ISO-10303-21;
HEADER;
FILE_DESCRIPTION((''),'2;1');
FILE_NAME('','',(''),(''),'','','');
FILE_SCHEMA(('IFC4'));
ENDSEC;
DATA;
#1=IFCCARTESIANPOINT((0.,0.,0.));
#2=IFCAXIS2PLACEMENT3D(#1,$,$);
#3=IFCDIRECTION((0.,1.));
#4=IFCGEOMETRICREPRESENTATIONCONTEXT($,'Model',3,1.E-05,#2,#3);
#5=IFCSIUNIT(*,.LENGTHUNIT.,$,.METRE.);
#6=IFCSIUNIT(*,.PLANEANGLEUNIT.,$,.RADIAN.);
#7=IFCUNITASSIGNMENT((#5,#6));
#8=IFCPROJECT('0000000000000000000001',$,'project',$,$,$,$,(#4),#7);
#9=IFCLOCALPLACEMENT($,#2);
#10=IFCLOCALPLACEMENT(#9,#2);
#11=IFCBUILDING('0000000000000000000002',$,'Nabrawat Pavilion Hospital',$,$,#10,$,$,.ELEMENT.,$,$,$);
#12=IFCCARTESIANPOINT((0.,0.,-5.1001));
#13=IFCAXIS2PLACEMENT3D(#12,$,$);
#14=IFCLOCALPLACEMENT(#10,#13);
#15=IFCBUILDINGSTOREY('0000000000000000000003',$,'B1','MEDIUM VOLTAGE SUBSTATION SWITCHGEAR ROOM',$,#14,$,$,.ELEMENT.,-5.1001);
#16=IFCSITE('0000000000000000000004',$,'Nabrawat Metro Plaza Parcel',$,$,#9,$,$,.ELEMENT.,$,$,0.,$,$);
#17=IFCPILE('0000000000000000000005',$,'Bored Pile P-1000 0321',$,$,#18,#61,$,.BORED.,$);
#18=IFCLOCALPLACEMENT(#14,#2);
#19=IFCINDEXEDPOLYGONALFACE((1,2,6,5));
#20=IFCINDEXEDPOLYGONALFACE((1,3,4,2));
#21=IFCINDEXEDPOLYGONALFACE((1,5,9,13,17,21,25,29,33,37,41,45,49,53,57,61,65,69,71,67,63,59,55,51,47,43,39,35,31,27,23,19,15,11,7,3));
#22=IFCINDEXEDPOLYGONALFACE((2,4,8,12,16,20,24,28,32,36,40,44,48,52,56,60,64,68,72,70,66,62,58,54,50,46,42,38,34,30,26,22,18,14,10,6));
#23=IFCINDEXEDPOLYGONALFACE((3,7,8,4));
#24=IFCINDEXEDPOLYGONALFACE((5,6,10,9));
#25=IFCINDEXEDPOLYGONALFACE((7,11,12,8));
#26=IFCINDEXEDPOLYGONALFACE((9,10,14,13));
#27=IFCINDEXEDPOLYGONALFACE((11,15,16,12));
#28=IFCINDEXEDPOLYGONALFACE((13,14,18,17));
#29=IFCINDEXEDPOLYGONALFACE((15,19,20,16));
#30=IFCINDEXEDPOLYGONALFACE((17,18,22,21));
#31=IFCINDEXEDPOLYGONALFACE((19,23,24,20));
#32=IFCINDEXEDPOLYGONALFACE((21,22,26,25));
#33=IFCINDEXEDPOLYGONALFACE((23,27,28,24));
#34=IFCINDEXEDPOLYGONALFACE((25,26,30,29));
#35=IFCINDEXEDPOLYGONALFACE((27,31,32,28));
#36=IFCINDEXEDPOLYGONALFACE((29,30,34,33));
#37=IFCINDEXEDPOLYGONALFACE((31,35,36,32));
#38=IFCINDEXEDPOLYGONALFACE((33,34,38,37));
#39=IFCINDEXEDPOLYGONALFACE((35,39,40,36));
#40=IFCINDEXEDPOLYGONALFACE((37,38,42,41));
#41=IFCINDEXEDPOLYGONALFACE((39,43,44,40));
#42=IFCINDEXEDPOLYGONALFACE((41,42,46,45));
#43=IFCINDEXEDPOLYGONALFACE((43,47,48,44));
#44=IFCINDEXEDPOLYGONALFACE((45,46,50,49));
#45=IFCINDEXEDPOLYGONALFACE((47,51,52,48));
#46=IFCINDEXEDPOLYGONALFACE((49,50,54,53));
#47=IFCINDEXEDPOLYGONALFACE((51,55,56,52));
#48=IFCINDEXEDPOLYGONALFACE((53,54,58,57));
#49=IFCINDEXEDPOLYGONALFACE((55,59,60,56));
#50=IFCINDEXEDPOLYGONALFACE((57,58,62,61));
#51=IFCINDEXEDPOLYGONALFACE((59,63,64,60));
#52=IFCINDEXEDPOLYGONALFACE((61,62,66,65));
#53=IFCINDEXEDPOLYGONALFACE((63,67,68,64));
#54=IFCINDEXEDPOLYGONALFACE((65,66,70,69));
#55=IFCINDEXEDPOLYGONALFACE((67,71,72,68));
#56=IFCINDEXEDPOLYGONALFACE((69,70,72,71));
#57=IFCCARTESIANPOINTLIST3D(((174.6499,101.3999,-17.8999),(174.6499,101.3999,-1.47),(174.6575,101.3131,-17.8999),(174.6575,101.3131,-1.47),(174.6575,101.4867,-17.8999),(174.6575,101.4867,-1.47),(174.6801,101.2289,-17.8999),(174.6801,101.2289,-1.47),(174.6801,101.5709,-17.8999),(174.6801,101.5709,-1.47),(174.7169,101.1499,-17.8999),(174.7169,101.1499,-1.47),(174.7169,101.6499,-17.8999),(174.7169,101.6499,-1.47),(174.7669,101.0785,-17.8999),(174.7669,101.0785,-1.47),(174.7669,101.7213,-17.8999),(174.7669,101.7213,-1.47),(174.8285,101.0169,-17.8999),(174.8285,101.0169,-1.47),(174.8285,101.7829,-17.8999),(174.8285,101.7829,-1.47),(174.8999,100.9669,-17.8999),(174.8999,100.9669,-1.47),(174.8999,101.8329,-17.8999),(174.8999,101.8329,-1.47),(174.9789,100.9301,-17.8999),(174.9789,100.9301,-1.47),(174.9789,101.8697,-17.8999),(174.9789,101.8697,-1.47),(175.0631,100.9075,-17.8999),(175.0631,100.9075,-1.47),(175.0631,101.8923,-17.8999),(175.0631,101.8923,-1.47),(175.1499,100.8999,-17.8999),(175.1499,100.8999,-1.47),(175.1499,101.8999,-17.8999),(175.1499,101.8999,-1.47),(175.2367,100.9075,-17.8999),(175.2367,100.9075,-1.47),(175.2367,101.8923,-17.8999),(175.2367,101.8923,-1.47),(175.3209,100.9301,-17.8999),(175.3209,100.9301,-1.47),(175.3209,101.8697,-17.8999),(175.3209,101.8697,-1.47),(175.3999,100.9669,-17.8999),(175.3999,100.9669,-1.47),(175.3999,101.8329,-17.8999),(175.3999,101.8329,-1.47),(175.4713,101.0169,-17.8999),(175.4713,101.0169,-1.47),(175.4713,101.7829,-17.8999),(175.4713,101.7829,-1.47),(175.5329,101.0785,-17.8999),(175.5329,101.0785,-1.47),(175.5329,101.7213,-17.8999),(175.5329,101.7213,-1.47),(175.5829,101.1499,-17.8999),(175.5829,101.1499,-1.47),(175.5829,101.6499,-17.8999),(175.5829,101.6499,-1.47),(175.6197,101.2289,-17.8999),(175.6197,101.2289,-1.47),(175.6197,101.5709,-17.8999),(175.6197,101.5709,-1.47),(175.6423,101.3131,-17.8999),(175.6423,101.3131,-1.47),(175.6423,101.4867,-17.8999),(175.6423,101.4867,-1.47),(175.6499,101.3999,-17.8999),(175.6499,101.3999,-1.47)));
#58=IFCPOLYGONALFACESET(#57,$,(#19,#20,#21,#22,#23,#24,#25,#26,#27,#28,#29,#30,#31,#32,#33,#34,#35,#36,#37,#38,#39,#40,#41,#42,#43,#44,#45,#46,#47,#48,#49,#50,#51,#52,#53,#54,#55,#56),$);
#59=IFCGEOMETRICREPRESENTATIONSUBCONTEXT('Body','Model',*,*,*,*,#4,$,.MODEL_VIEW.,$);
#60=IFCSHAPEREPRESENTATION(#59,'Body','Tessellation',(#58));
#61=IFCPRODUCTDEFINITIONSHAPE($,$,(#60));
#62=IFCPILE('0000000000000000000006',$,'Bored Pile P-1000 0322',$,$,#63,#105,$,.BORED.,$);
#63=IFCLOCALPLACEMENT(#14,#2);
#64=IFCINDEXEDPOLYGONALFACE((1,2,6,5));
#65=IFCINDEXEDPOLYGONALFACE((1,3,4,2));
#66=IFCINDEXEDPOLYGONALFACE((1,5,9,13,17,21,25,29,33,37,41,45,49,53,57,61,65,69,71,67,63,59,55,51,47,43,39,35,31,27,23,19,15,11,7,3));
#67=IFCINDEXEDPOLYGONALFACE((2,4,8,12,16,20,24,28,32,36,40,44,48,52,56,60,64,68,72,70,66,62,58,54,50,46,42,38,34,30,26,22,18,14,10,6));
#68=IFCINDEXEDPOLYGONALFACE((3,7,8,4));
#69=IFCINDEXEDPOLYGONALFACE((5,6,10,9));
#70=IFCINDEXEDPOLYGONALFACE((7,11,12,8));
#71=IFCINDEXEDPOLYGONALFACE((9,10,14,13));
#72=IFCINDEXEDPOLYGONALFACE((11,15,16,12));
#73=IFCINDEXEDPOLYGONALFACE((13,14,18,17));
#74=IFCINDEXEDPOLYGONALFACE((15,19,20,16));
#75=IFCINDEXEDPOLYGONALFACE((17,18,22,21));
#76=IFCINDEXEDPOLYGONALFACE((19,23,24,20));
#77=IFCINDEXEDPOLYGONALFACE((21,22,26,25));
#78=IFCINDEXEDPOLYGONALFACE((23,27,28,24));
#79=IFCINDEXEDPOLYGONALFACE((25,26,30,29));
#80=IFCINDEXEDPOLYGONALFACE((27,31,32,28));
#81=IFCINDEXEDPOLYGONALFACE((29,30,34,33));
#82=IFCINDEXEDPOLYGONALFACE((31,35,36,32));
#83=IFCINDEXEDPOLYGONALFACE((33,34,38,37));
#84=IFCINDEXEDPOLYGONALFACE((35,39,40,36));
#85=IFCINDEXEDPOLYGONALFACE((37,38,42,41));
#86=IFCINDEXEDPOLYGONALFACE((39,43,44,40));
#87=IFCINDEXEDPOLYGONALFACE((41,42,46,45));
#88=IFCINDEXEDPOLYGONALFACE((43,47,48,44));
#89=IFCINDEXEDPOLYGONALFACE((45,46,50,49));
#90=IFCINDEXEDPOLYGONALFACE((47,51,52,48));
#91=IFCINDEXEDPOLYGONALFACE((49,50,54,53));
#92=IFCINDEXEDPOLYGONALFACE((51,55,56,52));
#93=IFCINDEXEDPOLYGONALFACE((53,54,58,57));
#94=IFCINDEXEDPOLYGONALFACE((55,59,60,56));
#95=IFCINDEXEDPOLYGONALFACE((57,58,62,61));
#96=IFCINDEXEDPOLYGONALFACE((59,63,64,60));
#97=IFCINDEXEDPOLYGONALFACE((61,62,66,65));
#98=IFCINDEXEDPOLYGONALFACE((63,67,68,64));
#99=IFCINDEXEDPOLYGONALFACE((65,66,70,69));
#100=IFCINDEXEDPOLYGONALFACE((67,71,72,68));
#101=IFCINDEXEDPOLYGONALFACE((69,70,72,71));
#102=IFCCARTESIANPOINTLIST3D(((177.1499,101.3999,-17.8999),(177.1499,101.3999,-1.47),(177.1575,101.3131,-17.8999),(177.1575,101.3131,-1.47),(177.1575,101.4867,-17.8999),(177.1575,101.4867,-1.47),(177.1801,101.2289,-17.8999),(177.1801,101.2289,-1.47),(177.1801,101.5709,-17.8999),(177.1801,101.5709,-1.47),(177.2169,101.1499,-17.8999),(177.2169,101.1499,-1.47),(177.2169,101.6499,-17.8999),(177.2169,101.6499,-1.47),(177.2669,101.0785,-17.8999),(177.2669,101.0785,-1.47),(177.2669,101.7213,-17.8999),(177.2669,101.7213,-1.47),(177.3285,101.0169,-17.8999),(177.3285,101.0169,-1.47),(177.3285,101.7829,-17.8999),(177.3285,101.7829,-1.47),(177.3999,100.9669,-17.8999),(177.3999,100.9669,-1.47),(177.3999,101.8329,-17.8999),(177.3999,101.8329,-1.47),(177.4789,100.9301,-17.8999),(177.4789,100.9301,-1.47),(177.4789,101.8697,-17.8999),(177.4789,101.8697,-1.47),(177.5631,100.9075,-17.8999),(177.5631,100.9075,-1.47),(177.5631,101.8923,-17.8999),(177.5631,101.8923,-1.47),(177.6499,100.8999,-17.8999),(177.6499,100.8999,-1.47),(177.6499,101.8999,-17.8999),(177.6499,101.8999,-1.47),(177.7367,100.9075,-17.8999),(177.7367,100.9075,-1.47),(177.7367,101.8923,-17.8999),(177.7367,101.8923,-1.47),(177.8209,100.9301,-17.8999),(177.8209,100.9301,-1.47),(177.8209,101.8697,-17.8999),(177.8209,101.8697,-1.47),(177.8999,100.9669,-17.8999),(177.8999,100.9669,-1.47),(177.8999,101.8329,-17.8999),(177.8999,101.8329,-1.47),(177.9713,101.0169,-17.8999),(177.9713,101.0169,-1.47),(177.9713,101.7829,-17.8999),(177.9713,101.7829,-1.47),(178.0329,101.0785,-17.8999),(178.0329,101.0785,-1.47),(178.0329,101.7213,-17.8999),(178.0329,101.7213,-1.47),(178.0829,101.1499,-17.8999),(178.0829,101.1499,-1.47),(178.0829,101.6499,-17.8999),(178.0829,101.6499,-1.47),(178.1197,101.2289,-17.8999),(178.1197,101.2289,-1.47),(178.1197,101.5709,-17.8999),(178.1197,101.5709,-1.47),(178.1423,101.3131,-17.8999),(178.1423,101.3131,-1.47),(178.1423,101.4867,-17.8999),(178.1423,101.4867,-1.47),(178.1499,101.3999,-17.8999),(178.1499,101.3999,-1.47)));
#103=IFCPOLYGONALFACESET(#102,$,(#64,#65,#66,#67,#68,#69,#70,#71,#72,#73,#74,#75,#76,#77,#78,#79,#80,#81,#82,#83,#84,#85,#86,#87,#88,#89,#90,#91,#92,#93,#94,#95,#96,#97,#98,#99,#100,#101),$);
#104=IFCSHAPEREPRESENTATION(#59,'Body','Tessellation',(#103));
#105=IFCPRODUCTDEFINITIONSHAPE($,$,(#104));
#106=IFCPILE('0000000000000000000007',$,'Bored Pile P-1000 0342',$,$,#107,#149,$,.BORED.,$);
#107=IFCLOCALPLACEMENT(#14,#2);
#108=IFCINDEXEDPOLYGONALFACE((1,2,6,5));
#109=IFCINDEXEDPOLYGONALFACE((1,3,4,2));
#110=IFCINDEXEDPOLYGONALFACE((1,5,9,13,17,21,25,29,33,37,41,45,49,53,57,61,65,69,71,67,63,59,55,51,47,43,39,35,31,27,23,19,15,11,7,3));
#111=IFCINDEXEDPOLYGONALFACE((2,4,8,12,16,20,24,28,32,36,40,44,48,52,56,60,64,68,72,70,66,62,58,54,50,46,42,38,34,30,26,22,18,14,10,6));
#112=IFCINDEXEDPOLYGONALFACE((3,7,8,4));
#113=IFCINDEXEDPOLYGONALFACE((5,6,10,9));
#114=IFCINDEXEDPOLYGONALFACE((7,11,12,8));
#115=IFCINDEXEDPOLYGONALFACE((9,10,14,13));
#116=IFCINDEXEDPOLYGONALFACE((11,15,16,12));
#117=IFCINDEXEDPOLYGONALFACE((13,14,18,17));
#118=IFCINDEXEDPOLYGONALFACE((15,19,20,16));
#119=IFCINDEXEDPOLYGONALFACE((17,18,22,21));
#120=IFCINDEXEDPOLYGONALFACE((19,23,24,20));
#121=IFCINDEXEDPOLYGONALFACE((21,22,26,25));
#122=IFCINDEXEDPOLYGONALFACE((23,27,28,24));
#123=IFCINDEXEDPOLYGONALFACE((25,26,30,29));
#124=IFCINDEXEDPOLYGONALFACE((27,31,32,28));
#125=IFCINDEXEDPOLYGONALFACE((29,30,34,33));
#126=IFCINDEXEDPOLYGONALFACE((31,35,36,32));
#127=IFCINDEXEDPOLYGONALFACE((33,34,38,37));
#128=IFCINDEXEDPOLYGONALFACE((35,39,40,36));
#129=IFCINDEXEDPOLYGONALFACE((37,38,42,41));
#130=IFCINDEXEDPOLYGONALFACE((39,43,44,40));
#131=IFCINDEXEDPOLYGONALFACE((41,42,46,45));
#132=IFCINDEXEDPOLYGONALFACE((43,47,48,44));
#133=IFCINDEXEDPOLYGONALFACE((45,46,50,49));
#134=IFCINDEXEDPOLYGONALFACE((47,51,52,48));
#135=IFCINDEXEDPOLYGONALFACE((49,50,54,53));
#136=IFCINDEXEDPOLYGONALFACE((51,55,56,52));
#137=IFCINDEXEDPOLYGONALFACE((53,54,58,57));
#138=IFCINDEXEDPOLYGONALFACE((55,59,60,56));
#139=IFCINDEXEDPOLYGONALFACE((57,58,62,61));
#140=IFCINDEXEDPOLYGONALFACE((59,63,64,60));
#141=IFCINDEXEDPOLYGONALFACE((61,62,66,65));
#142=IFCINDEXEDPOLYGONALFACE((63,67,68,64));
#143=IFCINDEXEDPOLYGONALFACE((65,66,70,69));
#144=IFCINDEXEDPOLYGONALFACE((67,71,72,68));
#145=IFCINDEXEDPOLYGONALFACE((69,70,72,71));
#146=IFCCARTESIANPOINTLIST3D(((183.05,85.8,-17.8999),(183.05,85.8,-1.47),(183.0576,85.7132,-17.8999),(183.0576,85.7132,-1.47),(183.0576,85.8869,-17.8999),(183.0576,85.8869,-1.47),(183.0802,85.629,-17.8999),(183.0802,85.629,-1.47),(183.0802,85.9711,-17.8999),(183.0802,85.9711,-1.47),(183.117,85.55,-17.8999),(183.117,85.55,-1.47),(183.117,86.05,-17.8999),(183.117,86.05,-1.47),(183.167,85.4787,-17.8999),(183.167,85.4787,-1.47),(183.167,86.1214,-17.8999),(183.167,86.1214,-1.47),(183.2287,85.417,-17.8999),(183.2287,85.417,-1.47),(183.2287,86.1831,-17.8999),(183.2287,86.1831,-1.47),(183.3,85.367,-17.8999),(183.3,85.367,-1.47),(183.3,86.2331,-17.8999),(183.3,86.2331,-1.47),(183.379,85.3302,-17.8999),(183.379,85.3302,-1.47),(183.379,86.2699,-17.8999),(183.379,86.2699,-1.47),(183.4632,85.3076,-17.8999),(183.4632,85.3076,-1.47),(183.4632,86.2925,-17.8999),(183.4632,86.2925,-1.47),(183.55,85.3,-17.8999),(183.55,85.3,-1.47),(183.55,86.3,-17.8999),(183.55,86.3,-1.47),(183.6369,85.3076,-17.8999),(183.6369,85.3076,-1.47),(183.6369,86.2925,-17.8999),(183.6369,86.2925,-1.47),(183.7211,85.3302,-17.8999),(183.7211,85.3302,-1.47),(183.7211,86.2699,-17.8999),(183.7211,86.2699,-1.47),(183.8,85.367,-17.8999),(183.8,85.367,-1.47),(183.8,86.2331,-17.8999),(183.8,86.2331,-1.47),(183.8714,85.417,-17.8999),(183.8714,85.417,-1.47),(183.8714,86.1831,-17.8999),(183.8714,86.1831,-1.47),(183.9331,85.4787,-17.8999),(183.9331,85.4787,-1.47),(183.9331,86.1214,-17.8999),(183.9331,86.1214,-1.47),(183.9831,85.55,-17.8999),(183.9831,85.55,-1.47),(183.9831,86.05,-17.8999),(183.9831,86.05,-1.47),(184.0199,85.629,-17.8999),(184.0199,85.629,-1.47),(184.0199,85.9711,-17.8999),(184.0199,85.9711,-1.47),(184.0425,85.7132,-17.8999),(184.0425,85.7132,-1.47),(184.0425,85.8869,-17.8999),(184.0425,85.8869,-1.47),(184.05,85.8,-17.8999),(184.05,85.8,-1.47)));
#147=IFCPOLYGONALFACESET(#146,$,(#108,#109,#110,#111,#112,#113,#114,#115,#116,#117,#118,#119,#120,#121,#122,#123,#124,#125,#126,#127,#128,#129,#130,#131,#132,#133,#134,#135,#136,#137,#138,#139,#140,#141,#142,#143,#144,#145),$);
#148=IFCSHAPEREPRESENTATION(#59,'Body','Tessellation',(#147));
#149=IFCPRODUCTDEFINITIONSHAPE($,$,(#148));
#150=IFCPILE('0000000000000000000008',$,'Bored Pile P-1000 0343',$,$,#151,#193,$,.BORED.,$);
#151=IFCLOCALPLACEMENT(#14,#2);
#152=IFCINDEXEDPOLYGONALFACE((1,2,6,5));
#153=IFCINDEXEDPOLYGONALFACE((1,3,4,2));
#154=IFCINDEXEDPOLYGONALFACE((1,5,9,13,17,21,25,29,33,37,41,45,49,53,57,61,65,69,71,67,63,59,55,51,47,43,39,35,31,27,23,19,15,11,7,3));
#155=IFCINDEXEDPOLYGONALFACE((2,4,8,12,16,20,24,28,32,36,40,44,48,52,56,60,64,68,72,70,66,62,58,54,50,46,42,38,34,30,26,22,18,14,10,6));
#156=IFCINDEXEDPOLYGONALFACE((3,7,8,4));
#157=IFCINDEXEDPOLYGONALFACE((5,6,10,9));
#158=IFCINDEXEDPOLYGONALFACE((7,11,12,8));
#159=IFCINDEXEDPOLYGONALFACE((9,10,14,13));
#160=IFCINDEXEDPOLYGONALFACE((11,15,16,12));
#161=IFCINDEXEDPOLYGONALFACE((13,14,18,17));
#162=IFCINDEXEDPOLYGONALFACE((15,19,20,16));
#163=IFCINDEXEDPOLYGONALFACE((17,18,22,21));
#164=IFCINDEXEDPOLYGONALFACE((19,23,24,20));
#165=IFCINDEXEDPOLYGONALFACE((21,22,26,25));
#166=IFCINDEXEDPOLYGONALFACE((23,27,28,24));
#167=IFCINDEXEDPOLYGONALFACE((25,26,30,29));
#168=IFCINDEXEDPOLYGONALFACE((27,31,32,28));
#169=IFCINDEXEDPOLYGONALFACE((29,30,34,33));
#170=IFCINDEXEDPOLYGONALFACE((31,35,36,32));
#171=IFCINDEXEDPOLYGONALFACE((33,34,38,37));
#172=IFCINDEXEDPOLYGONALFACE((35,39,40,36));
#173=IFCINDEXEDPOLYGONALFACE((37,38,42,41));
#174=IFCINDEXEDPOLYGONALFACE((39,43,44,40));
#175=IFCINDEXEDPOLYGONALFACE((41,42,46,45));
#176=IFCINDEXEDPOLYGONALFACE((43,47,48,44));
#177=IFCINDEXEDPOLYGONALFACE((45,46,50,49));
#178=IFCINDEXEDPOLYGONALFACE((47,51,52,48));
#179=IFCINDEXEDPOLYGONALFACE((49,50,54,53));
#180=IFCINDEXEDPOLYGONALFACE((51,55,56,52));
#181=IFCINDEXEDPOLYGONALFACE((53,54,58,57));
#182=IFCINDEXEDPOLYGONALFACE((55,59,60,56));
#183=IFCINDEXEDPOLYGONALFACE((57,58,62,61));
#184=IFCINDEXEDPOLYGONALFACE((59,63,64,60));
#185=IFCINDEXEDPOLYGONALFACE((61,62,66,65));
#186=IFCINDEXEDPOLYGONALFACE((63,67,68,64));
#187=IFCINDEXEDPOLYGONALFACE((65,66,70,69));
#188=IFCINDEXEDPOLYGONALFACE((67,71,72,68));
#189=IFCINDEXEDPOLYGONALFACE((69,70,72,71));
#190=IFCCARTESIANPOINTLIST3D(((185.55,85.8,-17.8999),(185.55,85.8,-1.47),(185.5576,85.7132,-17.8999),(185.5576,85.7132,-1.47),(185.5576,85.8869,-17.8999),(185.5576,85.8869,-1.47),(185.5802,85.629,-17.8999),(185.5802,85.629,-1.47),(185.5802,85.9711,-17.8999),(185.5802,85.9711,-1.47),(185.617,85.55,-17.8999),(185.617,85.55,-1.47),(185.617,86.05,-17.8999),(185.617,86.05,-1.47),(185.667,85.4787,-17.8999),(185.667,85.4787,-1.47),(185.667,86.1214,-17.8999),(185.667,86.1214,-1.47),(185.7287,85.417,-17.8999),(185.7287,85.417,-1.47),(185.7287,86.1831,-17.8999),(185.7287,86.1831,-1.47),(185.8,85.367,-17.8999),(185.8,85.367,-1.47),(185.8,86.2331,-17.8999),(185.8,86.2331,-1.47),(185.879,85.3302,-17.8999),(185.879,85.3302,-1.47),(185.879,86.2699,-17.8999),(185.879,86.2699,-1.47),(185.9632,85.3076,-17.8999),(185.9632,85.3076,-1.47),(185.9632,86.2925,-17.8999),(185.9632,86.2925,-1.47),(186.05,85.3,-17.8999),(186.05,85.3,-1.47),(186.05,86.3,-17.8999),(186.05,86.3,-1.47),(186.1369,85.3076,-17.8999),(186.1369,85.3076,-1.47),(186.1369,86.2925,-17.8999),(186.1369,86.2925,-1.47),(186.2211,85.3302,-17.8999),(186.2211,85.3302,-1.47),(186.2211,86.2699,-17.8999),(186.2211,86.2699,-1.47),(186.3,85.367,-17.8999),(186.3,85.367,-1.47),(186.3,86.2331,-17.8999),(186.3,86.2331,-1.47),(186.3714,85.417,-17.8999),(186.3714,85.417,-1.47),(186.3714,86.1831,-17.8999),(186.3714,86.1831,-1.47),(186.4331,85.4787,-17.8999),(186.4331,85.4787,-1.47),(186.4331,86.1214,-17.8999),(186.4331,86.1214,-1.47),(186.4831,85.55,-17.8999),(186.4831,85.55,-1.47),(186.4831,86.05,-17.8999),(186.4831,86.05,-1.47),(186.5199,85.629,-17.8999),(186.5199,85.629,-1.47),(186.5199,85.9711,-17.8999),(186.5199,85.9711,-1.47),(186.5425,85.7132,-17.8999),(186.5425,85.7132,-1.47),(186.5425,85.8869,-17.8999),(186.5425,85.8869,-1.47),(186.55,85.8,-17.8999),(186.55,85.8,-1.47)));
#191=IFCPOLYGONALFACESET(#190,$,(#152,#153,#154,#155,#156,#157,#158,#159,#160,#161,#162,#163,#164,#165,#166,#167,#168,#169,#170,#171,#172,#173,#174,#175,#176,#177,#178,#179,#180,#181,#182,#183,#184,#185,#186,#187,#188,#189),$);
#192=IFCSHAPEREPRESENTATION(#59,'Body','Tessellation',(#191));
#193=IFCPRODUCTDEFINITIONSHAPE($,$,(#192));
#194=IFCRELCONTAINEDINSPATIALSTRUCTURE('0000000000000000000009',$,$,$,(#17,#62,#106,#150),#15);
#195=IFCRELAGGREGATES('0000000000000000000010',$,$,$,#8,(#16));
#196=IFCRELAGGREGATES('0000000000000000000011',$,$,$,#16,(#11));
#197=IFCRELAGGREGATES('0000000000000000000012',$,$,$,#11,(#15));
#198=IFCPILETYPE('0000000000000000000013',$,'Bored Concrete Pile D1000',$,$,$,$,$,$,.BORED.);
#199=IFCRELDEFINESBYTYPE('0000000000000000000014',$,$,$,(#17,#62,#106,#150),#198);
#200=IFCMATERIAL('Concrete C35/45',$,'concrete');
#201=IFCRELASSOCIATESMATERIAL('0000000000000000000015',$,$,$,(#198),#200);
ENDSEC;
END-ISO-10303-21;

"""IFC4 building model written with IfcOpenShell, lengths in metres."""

from ifc_helpers import new_model, si_unit, direction, frame, origin, origin_2d, place, context, subcontext, project, spatial, circle, extrude, material, material_profile, profile_set, type_object, element, save


model = new_model("IFC4")

# Units and contexts
model_context = context("Model", 3, precision=1e-05, world=origin(), true_north=direction((0.0, 1.0)))
body_context = subcontext(model_context, "Body", "Model", "MODEL_VIEW")
ifc_project = project(units=[si_unit("LENGTHUNIT", "METRE"), si_unit("PLANEANGLEUNIT", "RADIAN")], contexts=[model_context])

# Site, building, storey
site_placement = place(None, origin())
site = spatial("IfcSite", under=ifc_project, at=site_placement, Name="Nabrawat Metro Plaza Parcel", CompositionType="ELEMENT", RefElevation=0.0)
building_placement = place(site_placement, origin())
building = spatial("IfcBuilding", under=site, at=building_placement, Name="Nabrawat Pavilion Hospital", CompositionType="ELEMENT")
storey_placement = place(building_placement, frame((0.0, 0.0, -5.1001)))
storey = spatial("IfcBuildingStorey", under=building, at=storey_placement, Name="B1", Description="MEDIUM VOLTAGE SUBSTATION SWITCHGEAR ROOM", CompositionType="ELEMENT", Elevation=-5.1001)

# Piles
ifc_material_1 = material(Name="Concrete C35/45", Category="concrete")
ifc_material_profile_1 = material_profile(ifc_material_1, circle(Radius=0.5, at=origin_2d()), Name="DIA 1000")
ifc_profile_set_1 = profile_set([ifc_material_profile_1], Name="Concrete C35/45")
pile_type = type_object("IfcPileType", Name="Bored Concrete Pile D1000", PredefinedType="BORED", material=ifc_profile_set_1)
for number, where, z_axis, x_axis, name in (
    (1, (175.1499, 101.3999, -1.47), (0.0, 0.0, -1.0), (1.0, 0.0, 0.0), "Bored Pile P-1000 0321"),
    (2, (177.6499, 101.3999, -1.47), (0.0, 0.0, -1.0), (1.0, 0.0, 0.0), "Bored Pile P-1000 0322"),
    (3, (183.55, 85.8, -1.47), (0.0, 0.0, -1.0), (1.0, 0.0, 0.0), "Bored Pile P-1000 0342"),
    (4, (186.05, 85.8, -1.47), (0.0, 0.0, -1.0), (1.0, 0.0, 0.0), "Bored Pile P-1000 0343"),
):
    element("IfcPile", number, at=place(storey_placement, frame(where, z_axis=z_axis, x_axis=x_axis)), inside=storey, type_object=pile_type, Name=name, PredefinedType="BORED", context=body_context, shape_type="SweptSolid", body=[
        extrude(circle(Radius=0.5, at=origin_2d()), origin(), (0.0, 0.0, 1.0), 16.4299),
    ])

save(model, "model.ifc")
